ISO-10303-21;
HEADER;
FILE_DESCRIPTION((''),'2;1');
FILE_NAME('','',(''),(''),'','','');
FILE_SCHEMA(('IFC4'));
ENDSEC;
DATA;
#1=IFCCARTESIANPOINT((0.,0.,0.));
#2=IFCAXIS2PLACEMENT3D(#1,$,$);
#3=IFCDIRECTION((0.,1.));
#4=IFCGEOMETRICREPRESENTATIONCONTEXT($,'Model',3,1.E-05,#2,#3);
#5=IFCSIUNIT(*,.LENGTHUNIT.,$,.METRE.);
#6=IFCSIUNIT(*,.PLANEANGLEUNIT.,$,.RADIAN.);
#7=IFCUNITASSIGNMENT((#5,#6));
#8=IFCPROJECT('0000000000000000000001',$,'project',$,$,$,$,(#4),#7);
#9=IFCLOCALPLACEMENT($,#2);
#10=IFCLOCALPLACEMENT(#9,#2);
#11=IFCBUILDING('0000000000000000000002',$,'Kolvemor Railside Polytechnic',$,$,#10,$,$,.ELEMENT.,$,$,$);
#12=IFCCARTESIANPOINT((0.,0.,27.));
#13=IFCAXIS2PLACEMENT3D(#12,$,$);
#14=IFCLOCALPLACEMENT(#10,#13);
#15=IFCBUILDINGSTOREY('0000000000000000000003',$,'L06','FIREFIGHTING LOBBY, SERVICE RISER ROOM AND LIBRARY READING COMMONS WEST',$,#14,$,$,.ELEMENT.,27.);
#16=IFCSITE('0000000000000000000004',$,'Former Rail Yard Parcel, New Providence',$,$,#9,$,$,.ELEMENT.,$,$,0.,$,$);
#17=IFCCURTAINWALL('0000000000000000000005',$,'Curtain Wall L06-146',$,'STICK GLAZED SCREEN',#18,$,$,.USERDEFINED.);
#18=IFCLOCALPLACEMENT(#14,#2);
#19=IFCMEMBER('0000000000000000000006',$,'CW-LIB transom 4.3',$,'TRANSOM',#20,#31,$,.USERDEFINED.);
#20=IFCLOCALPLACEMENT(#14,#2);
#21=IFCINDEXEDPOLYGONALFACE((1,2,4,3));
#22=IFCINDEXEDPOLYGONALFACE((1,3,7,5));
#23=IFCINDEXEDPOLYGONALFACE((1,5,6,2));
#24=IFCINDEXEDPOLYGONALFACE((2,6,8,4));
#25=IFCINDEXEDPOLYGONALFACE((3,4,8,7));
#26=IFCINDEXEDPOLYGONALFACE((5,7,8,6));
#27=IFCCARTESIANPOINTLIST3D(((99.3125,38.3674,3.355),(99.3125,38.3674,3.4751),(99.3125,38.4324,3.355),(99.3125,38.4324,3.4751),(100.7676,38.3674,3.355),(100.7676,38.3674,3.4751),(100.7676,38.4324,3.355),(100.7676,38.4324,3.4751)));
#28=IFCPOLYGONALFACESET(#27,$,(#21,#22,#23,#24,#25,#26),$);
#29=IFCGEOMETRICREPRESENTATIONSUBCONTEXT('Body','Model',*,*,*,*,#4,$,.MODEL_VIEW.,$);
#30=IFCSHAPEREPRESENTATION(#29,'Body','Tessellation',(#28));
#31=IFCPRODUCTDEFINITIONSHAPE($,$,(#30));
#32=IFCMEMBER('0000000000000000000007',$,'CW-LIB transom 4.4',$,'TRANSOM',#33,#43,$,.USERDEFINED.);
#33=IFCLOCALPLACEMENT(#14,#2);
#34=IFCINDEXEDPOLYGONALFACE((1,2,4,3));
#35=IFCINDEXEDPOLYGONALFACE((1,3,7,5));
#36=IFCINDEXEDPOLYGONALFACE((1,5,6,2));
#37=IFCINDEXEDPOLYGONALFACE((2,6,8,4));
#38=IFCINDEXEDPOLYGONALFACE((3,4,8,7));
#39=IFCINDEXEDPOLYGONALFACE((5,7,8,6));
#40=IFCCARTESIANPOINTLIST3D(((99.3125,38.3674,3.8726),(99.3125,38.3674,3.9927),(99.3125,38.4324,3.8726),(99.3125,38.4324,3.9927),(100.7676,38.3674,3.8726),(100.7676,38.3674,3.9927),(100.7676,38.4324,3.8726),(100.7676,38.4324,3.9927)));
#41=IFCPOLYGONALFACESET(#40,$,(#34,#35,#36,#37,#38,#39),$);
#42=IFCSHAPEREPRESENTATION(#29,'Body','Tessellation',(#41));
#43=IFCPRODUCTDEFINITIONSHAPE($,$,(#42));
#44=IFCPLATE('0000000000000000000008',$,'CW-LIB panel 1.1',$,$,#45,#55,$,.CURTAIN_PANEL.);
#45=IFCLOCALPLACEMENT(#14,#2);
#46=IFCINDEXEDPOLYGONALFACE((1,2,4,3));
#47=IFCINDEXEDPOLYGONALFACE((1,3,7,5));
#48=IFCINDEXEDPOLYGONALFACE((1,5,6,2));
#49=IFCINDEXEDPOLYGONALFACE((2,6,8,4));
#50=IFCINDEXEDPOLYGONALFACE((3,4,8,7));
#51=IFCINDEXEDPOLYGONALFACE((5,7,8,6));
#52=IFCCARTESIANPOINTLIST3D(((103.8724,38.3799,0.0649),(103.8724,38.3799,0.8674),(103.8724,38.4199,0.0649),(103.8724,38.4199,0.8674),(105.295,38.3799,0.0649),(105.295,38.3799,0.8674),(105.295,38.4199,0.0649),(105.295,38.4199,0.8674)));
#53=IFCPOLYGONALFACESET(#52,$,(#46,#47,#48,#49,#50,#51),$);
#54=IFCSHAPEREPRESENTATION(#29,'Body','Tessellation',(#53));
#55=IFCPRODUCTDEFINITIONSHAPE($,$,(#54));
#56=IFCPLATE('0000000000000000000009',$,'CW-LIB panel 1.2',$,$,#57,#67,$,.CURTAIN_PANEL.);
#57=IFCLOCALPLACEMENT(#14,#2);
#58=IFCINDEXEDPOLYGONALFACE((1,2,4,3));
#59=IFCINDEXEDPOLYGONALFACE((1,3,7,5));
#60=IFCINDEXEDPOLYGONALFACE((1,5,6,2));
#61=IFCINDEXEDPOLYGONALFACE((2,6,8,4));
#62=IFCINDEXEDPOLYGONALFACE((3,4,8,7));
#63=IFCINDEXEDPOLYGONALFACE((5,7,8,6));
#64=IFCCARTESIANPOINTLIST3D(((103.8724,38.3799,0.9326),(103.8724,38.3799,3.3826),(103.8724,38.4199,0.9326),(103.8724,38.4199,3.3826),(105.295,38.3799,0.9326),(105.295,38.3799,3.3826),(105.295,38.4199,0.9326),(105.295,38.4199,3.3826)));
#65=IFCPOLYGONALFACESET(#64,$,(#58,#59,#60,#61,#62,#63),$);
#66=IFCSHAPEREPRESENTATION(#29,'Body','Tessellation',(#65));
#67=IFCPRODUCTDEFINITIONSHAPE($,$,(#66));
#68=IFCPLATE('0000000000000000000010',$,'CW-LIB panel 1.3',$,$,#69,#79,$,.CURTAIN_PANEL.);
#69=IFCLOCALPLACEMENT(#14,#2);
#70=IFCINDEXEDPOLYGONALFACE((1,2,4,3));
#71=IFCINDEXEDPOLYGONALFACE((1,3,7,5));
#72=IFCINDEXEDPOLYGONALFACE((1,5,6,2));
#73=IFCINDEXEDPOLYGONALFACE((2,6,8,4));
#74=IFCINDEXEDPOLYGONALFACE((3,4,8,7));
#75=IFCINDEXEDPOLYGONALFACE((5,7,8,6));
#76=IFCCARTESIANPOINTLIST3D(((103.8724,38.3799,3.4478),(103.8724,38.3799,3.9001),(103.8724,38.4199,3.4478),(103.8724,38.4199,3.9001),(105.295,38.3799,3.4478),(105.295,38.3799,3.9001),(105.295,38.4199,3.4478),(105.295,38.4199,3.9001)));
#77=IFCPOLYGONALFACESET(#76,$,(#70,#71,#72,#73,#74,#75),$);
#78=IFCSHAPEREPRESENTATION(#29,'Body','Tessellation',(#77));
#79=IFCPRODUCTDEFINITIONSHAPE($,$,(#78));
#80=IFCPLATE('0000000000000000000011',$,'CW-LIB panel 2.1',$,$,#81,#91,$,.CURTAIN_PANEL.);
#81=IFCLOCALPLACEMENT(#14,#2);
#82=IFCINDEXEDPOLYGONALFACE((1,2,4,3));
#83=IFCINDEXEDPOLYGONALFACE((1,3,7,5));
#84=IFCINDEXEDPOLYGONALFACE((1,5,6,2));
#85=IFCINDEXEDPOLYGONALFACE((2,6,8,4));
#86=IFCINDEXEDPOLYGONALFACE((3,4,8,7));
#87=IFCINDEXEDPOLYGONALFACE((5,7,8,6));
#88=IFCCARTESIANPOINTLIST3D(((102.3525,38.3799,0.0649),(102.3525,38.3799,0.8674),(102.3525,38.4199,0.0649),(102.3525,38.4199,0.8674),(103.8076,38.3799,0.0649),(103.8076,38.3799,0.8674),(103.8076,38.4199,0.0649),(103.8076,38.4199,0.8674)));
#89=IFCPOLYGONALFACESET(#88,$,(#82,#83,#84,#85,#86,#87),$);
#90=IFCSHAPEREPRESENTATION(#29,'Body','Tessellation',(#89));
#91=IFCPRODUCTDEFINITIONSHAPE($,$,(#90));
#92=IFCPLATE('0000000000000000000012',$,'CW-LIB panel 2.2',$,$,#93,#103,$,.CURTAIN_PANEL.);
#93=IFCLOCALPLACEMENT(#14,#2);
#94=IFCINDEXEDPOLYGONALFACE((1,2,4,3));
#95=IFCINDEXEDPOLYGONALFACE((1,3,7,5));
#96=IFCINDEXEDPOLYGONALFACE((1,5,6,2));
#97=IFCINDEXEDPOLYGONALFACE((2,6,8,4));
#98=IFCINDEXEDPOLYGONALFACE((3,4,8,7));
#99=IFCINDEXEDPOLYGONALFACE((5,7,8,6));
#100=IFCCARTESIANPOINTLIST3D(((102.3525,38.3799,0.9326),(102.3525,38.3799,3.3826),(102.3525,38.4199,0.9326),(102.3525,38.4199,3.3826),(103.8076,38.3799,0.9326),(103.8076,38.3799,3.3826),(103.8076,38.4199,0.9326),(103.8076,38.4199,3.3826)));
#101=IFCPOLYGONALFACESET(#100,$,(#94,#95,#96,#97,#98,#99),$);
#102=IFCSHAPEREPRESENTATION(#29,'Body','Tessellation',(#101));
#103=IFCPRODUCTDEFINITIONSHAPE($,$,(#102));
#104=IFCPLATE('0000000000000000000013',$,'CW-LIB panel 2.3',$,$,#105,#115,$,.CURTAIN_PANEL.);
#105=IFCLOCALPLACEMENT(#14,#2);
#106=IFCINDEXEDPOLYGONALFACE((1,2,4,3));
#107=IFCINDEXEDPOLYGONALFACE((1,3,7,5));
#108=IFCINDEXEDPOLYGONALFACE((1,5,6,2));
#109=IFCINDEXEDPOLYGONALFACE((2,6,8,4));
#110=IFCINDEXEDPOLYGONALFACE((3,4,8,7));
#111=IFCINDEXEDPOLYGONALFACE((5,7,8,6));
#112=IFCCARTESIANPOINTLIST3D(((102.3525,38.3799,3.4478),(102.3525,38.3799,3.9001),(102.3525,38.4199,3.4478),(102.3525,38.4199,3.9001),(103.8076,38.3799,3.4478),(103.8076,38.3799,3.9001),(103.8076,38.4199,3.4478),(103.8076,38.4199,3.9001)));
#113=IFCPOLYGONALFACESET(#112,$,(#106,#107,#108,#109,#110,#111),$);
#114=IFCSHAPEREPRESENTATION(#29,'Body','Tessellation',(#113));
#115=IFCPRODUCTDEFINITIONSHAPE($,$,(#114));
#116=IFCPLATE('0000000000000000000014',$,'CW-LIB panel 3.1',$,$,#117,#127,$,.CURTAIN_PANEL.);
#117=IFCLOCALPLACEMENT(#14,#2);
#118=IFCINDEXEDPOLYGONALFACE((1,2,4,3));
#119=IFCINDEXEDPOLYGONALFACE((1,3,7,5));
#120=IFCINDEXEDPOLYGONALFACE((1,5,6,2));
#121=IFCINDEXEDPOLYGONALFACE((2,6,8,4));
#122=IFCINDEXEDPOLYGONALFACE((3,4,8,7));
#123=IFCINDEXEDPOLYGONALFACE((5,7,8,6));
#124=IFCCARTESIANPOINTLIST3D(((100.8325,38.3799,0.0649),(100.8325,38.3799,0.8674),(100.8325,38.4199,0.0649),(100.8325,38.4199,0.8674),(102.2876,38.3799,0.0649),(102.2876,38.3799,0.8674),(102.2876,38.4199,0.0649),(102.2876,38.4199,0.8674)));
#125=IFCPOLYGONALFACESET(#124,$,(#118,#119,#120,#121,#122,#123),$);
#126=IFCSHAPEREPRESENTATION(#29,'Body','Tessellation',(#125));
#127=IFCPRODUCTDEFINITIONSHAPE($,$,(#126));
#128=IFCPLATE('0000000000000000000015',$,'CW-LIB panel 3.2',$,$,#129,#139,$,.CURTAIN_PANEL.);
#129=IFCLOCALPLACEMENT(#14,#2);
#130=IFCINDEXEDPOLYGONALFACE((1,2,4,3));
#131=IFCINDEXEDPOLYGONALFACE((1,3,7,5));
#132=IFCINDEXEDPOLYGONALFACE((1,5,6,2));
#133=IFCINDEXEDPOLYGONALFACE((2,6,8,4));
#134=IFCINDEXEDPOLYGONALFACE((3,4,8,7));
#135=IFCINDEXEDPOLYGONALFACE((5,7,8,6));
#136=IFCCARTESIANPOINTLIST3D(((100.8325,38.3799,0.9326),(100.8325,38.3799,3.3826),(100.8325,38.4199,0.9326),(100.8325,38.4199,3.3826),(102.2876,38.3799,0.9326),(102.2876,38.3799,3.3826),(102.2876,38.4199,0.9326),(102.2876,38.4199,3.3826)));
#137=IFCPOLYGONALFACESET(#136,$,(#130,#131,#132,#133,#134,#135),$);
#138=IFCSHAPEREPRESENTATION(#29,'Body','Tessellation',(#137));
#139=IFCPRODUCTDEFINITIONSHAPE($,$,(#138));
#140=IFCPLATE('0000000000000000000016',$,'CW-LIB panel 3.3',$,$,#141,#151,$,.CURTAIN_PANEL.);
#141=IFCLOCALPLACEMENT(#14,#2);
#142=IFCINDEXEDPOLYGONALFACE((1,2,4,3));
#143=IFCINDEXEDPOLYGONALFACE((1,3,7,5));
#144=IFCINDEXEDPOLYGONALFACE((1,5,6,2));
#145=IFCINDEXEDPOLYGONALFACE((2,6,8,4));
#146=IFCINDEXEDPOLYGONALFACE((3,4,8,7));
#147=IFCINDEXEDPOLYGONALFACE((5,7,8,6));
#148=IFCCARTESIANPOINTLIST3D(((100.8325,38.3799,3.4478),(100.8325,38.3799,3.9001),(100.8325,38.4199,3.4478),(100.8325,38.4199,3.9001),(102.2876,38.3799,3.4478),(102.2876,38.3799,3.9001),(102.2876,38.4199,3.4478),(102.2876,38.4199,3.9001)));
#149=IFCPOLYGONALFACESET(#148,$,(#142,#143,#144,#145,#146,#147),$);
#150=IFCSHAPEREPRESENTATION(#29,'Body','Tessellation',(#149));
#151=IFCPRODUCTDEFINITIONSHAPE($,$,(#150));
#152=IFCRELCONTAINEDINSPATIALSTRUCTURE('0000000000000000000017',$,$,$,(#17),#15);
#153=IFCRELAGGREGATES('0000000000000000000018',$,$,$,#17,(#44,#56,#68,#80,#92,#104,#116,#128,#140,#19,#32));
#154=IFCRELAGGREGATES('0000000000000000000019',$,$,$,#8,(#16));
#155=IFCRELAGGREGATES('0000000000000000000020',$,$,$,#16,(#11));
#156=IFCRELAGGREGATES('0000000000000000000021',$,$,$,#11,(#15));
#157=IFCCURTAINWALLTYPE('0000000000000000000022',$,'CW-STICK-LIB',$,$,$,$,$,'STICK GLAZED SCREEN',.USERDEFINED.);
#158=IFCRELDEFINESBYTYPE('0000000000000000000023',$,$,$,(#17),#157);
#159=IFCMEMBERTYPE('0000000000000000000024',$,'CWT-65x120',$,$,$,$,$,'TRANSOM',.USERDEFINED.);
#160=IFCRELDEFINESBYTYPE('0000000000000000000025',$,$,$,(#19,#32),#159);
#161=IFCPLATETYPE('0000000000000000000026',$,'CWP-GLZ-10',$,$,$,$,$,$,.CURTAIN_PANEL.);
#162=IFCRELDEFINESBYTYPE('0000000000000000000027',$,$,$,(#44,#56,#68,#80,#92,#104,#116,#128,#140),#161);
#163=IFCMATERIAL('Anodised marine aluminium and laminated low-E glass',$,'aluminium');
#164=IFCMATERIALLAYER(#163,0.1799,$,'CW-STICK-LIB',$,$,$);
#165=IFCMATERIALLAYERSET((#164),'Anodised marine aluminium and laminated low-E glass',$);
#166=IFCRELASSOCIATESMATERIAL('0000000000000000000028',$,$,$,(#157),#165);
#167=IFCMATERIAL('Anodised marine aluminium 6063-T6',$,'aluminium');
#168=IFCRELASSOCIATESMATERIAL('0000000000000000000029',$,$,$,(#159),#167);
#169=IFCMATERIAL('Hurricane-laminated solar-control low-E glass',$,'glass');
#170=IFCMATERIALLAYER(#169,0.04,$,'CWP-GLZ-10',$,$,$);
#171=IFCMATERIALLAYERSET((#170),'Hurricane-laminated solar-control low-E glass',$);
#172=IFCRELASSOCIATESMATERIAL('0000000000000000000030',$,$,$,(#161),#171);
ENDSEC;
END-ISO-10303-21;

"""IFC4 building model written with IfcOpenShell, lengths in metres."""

from ifc_helpers import new_model, si_unit, direction, frame, origin, origin_2d, place, context, subcontext, project, spatial, rectangle, extrude, material, layer, layer_set, material_profile, profile_set, type_object, element, aggregate, save


model = new_model("IFC4")

# Units and contexts
model_context = context("Model", 3, precision=1e-05, world=origin(), true_north=direction((0.0, 1.0)))
body_context = subcontext(model_context, "Body", "Model", "MODEL_VIEW")
ifc_project = project(units=[si_unit("LENGTHUNIT", "METRE"), si_unit("PLANEANGLEUNIT", "RADIAN")], contexts=[model_context])

# Site, building, storey
site_placement = place(None, origin())
site = spatial("IfcSite", under=ifc_project, at=site_placement, Name="Former Rail Yard Parcel, New Providence", CompositionType="ELEMENT", RefElevation=0.0)
building_placement = place(site_placement, origin())
building = spatial("IfcBuilding", under=site, at=building_placement, Name="Kolvemor Railside Polytechnic", CompositionType="ELEMENT")
storey_placement = place(building_placement, frame((0.0, 0.0, 27.0)))
storey = spatial("IfcBuildingStorey", under=building, at=storey_placement, Name="L06", Description="FIREFIGHTING LOBBY, SERVICE RISER ROOM AND LIBRARY READING COMMONS WEST", CompositionType="ELEMENT", Elevation=27.0)

# Curtain wall, members, plates
ifc_material_1 = material(Name="Anodised marine aluminium and laminated low-E glass", Category="aluminium")
ifc_layer_1 = layer(ifc_material_1, 0.1799, Name="CW-STICK-LIB")
ifc_layer_set_1 = layer_set([ifc_layer_1], Name="Anodised marine aluminium and laminated low-E glass")
curtain_wall_type = type_object("IfcCurtainWallType", Name="CW-STICK-LIB", ElementType="STICK GLAZED SCREEN", PredefinedType="USERDEFINED", material=ifc_layer_set_1)
curtain_wall_placement = place(storey_placement, origin())
curtain_wall = element("IfcCurtainWall", 1, at=curtain_wall_placement, inside=storey, type_object=curtain_wall_type, Name="Curtain Wall L06-146", ObjectType="STICK GLAZED SCREEN", PredefinedType="USERDEFINED")
ifc_material_2 = material(Name="Anodised marine aluminium 6063-T6", Category="aluminium")
ifc_material_profile_1 = material_profile(ifc_material_2, rectangle(XDim=0.0649, YDim=0.1201, at=origin_2d()), Name="CW-TRN-65x120")
ifc_profile_set_1 = profile_set([ifc_material_profile_1], Name="Anodised marine aluminium 6063-T6")
member_type_1 = type_object("IfcMemberType", Name="CWT-65x120", ElementType="TRANSOM", PredefinedType="USERDEFINED", material=ifc_profile_set_1)
member_1_placement = place(storey_placement, frame((100.7676, 38.3999, 3.415), z_axis=(-1.0, 0.0, 0.0), x_axis=(0.0, -1.0, 0.0)))
member_1 = element("IfcMember", 2, at=member_1_placement, type_object=member_type_1, Name="CW-LIB transom 4.3", ObjectType="TRANSOM", PredefinedType="USERDEFINED", context=body_context, shape_type="SweptSolid", body=[
    extrude(rectangle(XDim=0.0649, YDim=0.1201, at=origin_2d()), origin(), (0.0, 0.0, 1.0), 1.4551),
])
member_2_placement = place(storey_placement, frame((100.7676, 38.3999, 3.9326), z_axis=(-1.0, 0.0, 0.0), x_axis=(0.0, -1.0, 0.0)))
member_2 = element("IfcMember", 3, at=member_2_placement, type_object=member_type_1, Name="CW-LIB transom 4.4", ObjectType="TRANSOM", PredefinedType="USERDEFINED", context=body_context, shape_type="SweptSolid", body=[
    extrude(rectangle(XDim=0.0649, YDim=0.1201, at=origin_2d()), origin(), (0.0, 0.0, 1.0), 1.4551),
])
ifc_material_3 = material(Name="Hurricane-laminated solar-control low-E glass", Category="glass")
ifc_layer_2 = layer(ifc_material_3, 0.04, Name="CWP-GLZ-10")
ifc_layer_set_2 = layer_set([ifc_layer_2], Name="Hurricane-laminated solar-control low-E glass")
plate_type = type_object("IfcPlateType", Name="CWP-GLZ-10", PredefinedType="CURTAIN_PANEL", material=ifc_layer_set_2)
plate_1_placement = place(storey_placement, frame((104.5837, 38.3999, 0.0649), z_axis=(0.0, 0.0, 1.0), x_axis=(-1.0, 0.0, 0.0)))
plate_1 = element("IfcPlate", 4, at=plate_1_placement, type_object=plate_type, Name="CW-LIB panel 1.1", PredefinedType="CURTAIN_PANEL", context=body_context, shape_type="SweptSolid", body=[
    extrude(rectangle(XDim=1.4226, YDim=0.04, at=origin_2d()), origin(), (0.0, 0.0, 1.0), 0.8025),
])
plate_2_placement = place(storey_placement, frame((104.5837, 38.3999, 0.9326), z_axis=(0.0, 0.0, 1.0), x_axis=(-1.0, 0.0, 0.0)))
plate_2 = element("IfcPlate", 5, at=plate_2_placement, type_object=plate_type, Name="CW-LIB panel 1.2", PredefinedType="CURTAIN_PANEL", context=body_context, shape_type="SweptSolid", body=[
    extrude(rectangle(XDim=1.4226, YDim=0.04, at=origin_2d()), origin(), (0.0, 0.0, 1.0), 2.45),
])
plate_3_placement = place(storey_placement, frame((104.5837, 38.3999, 3.4478), z_axis=(0.0, 0.0, 1.0), x_axis=(-1.0, 0.0, 0.0)))
plate_3 = element("IfcPlate", 6, at=plate_3_placement, type_object=plate_type, Name="CW-LIB panel 1.3", PredefinedType="CURTAIN_PANEL", context=body_context, shape_type="SweptSolid", body=[
    extrude(rectangle(XDim=1.4226, YDim=0.04, at=origin_2d()), origin(), (0.0, 0.0, 1.0), 0.4524),
])
plate_4_placement = place(storey_placement, frame((103.0801, 38.3999, 0.0649), z_axis=(0.0, 0.0, 1.0), x_axis=(-1.0, 0.0, 0.0)))
plate_4 = element("IfcPlate", 7, at=plate_4_placement, type_object=plate_type, Name="CW-LIB panel 2.1", PredefinedType="CURTAIN_PANEL", context=body_context, shape_type="SweptSolid", body=[
    extrude(rectangle(XDim=1.4551, YDim=0.04, at=origin_2d()), origin(), (0.0, 0.0, 1.0), 0.8025),
])
plate_5_placement = place(storey_placement, frame((103.0801, 38.3999, 0.9326), z_axis=(0.0, 0.0, 1.0), x_axis=(-1.0, 0.0, 0.0)))
plate_5 = element("IfcPlate", 8, at=plate_5_placement, type_object=plate_type, Name="CW-LIB panel 2.2", PredefinedType="CURTAIN_PANEL", context=body_context, shape_type="SweptSolid", body=[
    extrude(rectangle(XDim=1.4551, YDim=0.04, at=origin_2d()), origin(), (0.0, 0.0, 1.0), 2.45),
])
plate_6_placement = place(storey_placement, frame((103.0801, 38.3999, 3.4478), z_axis=(0.0, 0.0, 1.0), x_axis=(-1.0, 0.0, 0.0)))
plate_6 = element("IfcPlate", 9, at=plate_6_placement, type_object=plate_type, Name="CW-LIB panel 2.3", PredefinedType="CURTAIN_PANEL", context=body_context, shape_type="SweptSolid", body=[
    extrude(rectangle(XDim=1.4551, YDim=0.04, at=origin_2d()), origin(), (0.0, 0.0, 1.0), 0.4524),
])
plate_7_placement = place(storey_placement, frame((101.5601, 38.3999, 0.0649), z_axis=(0.0, 0.0, 1.0), x_axis=(-1.0, 0.0, 0.0)))
plate_7 = element("IfcPlate", 10, at=plate_7_placement, type_object=plate_type, Name="CW-LIB panel 3.1", PredefinedType="CURTAIN_PANEL", context=body_context, shape_type="SweptSolid", body=[
    extrude(rectangle(XDim=1.4551, YDim=0.04, at=origin_2d()), origin(), (0.0, 0.0, 1.0), 0.8025),
])
plate_8_placement = place(storey_placement, frame((101.5601, 38.3999, 0.9326), z_axis=(0.0, 0.0, 1.0), x_axis=(-1.0, 0.0, 0.0)))
plate_8 = element("IfcPlate", 11, at=plate_8_placement, type_object=plate_type, Name="CW-LIB panel 3.2", PredefinedType="CURTAIN_PANEL", context=body_context, shape_type="SweptSolid", body=[
    extrude(rectangle(XDim=1.4551, YDim=0.04, at=origin_2d()), origin(), (0.0, 0.0, 1.0), 2.45),
])
plate_9_placement = place(storey_placement, frame((101.5601, 38.3999, 3.4478), z_axis=(0.0, 0.0, 1.0), x_axis=(-1.0, 0.0, 0.0)))
plate_9 = element("IfcPlate", 12, at=plate_9_placement, type_object=plate_type, Name="CW-LIB panel 3.3", PredefinedType="CURTAIN_PANEL", context=body_context, shape_type="SweptSolid", body=[
    extrude(rectangle(XDim=1.4551, YDim=0.04, at=origin_2d()), origin(), (0.0, 0.0, 1.0), 0.4524),
])
aggregate(curtain_wall, [plate_1, plate_2, plate_3, plate_4, plate_5, plate_6, plate_7, plate_8, plate_9, member_1, member_2])

save(model, "model.ifc")
